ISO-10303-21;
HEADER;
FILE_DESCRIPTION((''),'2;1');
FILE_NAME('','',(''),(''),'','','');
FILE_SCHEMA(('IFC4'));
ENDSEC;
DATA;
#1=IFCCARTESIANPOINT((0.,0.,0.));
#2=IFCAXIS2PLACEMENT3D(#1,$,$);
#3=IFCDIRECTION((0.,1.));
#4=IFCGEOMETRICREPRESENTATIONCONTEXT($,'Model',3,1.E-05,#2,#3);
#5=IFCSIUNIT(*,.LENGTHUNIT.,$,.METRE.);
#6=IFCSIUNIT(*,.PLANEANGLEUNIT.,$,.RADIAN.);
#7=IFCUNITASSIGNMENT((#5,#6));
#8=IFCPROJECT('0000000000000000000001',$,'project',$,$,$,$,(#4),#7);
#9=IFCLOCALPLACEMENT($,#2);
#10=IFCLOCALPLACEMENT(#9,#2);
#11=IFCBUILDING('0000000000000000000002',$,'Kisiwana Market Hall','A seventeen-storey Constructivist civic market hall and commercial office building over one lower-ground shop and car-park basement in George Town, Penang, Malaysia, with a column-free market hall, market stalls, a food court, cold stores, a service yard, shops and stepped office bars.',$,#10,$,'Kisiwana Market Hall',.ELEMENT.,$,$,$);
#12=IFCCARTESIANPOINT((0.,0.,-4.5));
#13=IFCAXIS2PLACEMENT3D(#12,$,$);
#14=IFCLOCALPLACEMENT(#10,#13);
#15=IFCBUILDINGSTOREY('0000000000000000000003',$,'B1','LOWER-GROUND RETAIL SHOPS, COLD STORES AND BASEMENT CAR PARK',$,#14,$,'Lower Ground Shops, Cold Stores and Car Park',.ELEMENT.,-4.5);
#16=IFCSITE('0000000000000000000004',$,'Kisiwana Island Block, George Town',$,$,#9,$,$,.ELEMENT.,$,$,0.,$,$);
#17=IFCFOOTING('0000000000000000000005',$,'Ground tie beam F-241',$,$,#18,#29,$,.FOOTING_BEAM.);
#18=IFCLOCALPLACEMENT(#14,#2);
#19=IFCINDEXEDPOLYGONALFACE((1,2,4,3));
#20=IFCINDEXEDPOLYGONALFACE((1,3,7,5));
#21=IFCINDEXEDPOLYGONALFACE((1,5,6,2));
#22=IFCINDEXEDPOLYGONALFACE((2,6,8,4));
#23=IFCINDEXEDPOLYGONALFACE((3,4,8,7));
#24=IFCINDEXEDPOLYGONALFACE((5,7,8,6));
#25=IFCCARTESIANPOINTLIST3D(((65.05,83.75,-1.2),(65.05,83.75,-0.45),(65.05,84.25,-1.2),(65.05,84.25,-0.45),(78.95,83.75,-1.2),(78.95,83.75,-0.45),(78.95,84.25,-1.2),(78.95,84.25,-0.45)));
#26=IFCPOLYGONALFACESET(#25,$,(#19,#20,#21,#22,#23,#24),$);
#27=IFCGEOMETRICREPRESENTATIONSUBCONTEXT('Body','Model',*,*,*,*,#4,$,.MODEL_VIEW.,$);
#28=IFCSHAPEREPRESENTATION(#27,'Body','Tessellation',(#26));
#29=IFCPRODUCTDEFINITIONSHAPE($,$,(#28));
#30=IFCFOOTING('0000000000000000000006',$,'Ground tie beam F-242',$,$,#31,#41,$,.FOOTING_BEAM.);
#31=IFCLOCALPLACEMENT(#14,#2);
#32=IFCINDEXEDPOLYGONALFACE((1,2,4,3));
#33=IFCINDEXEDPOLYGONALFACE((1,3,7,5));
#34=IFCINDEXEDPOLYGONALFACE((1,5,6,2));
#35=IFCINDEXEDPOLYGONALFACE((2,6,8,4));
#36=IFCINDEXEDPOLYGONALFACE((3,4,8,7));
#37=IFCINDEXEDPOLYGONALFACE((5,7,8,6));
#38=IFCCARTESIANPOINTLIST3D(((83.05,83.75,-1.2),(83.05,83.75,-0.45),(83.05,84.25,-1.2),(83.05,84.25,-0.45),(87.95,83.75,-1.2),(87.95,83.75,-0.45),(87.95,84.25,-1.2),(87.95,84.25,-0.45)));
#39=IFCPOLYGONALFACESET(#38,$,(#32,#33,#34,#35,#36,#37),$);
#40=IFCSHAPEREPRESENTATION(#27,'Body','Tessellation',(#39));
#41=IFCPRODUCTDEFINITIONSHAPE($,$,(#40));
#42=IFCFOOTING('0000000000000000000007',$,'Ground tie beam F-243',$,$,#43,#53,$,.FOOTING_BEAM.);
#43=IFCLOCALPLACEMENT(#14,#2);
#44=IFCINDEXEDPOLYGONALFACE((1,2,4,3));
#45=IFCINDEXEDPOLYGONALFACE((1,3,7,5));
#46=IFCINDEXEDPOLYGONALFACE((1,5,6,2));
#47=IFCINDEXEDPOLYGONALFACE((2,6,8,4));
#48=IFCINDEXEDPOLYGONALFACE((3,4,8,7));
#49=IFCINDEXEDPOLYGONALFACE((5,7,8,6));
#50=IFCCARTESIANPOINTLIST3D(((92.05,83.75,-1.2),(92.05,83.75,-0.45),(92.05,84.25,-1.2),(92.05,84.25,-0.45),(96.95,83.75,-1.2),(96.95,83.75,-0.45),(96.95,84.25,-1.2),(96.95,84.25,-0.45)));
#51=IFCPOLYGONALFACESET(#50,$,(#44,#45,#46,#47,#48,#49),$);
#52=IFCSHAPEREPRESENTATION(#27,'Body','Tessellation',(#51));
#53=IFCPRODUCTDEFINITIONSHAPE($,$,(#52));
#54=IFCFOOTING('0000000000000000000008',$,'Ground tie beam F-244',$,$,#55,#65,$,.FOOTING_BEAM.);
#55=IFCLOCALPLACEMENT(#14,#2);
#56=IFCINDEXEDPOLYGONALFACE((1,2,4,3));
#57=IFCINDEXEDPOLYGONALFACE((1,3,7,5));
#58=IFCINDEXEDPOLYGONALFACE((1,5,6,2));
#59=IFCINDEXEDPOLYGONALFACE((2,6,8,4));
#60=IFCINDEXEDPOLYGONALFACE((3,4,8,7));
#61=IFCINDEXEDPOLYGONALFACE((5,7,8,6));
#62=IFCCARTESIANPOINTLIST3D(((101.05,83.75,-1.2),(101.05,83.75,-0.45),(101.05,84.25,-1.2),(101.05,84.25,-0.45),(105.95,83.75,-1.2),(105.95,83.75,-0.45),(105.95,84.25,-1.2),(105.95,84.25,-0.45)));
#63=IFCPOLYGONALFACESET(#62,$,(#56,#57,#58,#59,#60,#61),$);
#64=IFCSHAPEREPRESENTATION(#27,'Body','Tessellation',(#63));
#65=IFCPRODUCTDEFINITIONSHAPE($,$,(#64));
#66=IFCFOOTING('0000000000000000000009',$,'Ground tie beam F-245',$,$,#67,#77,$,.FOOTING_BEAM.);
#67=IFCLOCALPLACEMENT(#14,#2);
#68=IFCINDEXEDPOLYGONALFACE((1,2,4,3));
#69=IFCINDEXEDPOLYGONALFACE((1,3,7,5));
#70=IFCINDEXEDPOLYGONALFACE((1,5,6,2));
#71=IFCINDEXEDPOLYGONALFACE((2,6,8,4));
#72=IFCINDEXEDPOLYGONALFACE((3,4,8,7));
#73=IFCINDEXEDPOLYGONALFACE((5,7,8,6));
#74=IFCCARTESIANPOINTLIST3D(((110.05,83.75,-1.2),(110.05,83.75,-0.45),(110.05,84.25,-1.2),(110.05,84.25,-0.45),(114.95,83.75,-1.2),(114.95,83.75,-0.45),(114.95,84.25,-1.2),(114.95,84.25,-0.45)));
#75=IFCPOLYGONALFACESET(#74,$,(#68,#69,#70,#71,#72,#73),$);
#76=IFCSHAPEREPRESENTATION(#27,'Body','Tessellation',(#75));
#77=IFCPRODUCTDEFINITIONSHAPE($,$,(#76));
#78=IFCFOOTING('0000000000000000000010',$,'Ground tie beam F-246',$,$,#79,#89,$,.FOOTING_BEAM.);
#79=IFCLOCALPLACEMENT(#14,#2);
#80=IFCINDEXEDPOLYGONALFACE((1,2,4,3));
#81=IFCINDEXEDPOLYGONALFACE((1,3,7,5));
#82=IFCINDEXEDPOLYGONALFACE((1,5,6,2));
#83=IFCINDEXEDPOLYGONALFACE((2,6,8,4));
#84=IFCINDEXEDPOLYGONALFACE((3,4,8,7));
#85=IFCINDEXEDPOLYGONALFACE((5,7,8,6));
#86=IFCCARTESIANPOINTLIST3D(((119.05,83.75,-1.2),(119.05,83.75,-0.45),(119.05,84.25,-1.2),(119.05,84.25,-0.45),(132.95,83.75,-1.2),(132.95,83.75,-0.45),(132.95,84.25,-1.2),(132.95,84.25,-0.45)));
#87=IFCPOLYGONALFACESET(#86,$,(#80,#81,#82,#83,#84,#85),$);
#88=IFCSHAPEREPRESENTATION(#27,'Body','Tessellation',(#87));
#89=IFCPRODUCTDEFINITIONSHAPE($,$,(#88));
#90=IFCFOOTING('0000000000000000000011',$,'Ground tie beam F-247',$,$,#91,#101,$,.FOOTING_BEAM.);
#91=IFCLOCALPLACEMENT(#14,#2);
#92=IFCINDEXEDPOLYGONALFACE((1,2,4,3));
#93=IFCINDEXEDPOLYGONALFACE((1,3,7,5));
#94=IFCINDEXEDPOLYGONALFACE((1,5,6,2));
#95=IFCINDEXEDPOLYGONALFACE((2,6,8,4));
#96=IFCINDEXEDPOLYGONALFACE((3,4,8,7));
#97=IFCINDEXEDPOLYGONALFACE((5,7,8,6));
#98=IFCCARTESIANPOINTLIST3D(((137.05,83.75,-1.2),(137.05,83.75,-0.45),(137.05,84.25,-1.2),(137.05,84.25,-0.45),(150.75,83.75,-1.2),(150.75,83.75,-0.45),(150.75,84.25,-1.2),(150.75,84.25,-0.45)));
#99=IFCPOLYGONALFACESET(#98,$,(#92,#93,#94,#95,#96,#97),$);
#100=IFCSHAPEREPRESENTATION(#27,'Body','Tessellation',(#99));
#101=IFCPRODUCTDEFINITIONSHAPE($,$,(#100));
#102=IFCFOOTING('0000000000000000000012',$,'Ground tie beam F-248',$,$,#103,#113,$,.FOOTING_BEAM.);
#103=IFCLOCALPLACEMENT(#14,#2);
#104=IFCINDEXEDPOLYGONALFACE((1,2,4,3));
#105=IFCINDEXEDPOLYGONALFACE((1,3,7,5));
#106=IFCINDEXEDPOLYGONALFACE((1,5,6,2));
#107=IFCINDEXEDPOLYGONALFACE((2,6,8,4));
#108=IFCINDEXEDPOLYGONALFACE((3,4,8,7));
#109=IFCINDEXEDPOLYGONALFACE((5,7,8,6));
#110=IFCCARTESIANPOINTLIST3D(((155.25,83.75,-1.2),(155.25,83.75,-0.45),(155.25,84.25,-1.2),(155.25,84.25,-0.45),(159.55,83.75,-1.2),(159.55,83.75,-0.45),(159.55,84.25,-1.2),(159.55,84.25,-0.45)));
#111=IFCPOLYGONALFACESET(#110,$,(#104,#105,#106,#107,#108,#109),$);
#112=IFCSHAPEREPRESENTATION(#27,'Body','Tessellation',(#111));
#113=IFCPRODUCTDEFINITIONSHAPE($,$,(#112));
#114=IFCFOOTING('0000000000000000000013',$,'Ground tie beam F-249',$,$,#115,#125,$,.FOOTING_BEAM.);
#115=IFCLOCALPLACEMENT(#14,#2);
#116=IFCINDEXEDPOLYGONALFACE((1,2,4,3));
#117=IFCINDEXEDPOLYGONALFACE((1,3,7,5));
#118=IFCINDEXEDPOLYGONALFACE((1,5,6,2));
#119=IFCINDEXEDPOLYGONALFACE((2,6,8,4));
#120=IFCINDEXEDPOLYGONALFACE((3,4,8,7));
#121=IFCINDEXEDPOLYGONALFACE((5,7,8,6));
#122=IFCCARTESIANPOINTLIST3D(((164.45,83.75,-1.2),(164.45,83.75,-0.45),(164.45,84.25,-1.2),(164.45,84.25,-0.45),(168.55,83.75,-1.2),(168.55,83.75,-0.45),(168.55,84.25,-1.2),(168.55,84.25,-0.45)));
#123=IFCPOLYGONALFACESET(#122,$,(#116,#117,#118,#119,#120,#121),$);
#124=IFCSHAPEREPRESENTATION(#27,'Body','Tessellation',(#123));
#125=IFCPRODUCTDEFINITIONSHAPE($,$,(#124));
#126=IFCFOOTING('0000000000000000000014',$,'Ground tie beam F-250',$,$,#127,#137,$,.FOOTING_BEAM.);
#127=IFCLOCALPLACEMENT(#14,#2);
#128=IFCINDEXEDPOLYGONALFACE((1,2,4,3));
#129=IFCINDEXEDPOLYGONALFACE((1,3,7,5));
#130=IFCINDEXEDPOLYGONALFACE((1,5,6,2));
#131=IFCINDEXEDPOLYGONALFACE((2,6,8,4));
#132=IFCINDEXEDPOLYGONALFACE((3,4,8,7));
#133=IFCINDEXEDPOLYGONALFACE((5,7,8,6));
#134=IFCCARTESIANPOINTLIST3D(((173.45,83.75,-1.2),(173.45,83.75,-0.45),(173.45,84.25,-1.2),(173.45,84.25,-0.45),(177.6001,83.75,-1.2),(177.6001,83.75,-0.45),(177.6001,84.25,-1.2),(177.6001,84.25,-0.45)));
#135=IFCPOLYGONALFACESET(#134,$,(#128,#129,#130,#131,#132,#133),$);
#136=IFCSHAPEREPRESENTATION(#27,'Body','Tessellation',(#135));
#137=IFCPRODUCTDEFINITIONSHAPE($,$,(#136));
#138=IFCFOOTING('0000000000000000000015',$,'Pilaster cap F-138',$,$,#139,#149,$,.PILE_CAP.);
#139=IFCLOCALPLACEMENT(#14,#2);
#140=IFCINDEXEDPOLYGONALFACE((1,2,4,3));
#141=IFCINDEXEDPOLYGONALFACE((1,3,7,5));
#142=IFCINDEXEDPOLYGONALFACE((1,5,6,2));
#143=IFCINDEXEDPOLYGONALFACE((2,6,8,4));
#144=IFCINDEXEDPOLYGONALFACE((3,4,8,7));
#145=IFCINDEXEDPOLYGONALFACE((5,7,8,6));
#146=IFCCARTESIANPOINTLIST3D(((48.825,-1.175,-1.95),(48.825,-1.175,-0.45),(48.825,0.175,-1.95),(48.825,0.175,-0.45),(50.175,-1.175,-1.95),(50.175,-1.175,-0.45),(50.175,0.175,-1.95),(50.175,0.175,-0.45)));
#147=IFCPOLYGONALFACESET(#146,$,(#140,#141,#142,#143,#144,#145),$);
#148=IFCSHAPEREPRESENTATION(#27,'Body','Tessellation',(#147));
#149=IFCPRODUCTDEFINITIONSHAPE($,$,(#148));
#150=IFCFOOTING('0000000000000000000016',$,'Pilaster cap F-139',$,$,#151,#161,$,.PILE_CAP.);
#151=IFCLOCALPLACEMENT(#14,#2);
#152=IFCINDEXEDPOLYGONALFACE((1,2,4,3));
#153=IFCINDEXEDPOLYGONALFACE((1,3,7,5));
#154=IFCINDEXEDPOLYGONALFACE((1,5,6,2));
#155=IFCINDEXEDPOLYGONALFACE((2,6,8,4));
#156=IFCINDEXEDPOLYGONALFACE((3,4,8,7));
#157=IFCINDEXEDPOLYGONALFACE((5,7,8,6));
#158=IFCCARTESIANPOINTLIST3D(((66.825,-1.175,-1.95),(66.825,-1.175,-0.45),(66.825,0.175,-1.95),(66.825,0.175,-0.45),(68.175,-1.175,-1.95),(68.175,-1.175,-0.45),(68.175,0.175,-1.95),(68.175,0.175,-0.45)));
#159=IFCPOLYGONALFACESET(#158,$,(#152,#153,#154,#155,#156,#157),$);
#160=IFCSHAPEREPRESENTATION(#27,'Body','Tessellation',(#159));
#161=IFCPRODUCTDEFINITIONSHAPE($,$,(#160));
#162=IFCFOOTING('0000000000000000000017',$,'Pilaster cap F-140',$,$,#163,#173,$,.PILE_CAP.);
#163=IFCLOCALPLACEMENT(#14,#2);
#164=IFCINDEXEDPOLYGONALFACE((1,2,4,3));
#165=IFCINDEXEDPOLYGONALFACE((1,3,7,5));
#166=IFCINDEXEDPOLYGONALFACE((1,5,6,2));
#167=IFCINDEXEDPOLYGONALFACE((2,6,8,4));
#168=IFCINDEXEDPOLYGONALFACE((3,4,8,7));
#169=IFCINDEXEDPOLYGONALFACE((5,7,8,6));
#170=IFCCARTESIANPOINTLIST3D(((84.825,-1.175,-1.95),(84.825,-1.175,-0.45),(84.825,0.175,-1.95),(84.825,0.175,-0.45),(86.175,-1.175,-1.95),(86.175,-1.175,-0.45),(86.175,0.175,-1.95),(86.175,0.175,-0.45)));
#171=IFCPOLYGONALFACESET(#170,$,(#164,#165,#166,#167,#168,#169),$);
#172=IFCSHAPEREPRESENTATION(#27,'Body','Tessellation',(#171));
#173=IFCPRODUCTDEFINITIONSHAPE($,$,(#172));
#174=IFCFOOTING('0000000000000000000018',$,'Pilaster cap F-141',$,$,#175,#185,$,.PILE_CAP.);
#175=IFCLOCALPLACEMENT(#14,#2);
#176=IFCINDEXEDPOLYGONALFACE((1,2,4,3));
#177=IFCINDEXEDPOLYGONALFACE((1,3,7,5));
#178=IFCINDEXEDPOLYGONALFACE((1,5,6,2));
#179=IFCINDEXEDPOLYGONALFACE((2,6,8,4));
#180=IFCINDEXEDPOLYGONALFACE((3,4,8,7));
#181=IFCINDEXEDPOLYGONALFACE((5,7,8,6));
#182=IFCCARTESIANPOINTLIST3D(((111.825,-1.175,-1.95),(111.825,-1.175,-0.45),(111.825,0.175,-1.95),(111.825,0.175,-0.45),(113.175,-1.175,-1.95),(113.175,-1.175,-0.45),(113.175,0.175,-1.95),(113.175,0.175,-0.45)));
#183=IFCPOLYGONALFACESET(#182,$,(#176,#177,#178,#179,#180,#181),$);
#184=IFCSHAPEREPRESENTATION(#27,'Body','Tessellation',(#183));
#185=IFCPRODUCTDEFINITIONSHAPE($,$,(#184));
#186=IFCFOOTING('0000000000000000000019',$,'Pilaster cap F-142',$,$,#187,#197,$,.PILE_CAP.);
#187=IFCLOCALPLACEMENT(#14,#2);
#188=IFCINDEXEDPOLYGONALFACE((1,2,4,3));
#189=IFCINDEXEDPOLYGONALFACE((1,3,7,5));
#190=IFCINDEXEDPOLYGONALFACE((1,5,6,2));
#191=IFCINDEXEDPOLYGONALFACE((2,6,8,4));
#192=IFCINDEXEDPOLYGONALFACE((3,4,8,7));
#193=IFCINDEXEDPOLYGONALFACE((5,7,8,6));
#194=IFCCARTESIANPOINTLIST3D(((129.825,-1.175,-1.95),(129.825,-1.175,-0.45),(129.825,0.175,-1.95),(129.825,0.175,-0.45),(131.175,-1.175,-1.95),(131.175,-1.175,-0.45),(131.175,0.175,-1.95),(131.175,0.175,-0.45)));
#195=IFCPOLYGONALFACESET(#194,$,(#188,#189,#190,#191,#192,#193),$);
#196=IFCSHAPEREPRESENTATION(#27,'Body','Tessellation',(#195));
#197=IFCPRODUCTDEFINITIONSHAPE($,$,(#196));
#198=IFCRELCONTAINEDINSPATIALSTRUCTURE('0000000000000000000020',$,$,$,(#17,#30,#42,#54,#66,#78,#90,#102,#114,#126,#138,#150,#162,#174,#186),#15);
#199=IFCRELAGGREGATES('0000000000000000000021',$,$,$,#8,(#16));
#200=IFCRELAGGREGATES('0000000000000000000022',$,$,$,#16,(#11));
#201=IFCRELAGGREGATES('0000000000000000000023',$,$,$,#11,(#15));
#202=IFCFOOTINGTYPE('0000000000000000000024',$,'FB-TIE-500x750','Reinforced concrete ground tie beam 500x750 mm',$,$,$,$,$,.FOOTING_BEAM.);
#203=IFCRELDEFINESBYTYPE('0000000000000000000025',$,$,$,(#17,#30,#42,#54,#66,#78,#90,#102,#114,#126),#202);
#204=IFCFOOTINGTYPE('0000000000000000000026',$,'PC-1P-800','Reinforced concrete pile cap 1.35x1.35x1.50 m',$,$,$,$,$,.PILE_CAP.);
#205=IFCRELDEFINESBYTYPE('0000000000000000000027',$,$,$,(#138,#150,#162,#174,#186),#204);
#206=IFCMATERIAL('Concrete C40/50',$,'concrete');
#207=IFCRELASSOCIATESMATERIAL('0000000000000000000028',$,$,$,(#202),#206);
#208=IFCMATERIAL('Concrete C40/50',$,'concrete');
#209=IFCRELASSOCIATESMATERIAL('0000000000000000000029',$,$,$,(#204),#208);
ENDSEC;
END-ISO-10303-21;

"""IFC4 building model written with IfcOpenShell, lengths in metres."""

from ifc_helpers import new_model, si_unit, direction, frame, origin, place, context, subcontext, project, spatial, polyline, outline, extrude, material, type_object, element, save


model = new_model("IFC4")

# Units and contexts
model_context = context("Model", 3, precision=1e-05, world=origin(), true_north=direction((0.0, 1.0)))
body_context = subcontext(model_context, "Body", "Model", "MODEL_VIEW")
ifc_project = project(units=[si_unit("LENGTHUNIT", "METRE"), si_unit("PLANEANGLEUNIT", "RADIAN")], contexts=[model_context])

# Site, building, storey
site_placement = place(None, origin())
site = spatial("IfcSite", under=ifc_project, at=site_placement, Name="Kisiwana Island Block, George Town", CompositionType="ELEMENT", RefElevation=0.0)
building_placement = place(site_placement, origin())
building = spatial("IfcBuilding", under=site, at=building_placement, Name="Kisiwana Market Hall", Description="A seventeen-storey Constructivist civic market hall and commercial office building over one lower-ground shop and car-park basement in George Town, Penang, Malaysia, with a column-free market hall, market stalls, a food court, cold stores, a service yard, shops and stepped office bars.", LongName="Kisiwana Market Hall", CompositionType="ELEMENT")
storey_placement = place(building_placement, frame((0.0, 0.0, -4.5)))
storey = spatial("IfcBuildingStorey", under=building, at=storey_placement, Name="B1", Description="LOWER-GROUND RETAIL SHOPS, COLD STORES AND BASEMENT CAR PARK", LongName="Lower Ground Shops, Cold Stores and Car Park", CompositionType="ELEMENT", Elevation=-4.5)

# Footings
ifc_material_1 = material(Name="Concrete C40/50", Category="concrete")
footing_type_1 = type_object("IfcFootingType", Name="FB-TIE-500x750", Description="Reinforced concrete ground tie beam 500x750 mm", PredefinedType="FOOTING_BEAM", material=ifc_material_1)
footing_1_placement = place(storey_placement, frame((0.0, 0.0, -1.2)))
element("IfcFooting", 1, at=footing_1_placement, inside=storey, type_object=footing_type_1, Name="Ground tie beam F-241", PredefinedType="FOOTING_BEAM", context=body_context, shape_type="SweptSolid", body=[
    extrude(outline(polyline([(65.05, 83.75), (78.95, 83.75), (78.95, 84.25), (65.05, 84.25), (65.05, 83.75)])), origin(), (0.0, 0.0, 1.0), 0.75),
])
footing_2_placement = place(storey_placement, frame((0.0, 0.0, -1.2)))
element("IfcFooting", 2, at=footing_2_placement, inside=storey, type_object=footing_type_1, Name="Ground tie beam F-242", PredefinedType="FOOTING_BEAM", context=body_context, shape_type="SweptSolid", body=[
    extrude(outline(polyline([(83.05, 83.75), (87.95, 83.75), (87.95, 84.25), (83.05, 84.25), (83.05, 83.75)])), origin(), (0.0, 0.0, 1.0), 0.75),
])
footing_3_placement = place(storey_placement, frame((0.0, 0.0, -1.2)))
element("IfcFooting", 3, at=footing_3_placement, inside=storey, type_object=footing_type_1, Name="Ground tie beam F-243", PredefinedType="FOOTING_BEAM", context=body_context, shape_type="SweptSolid", body=[
    extrude(outline(polyline([(92.05, 83.75), (96.95, 83.75), (96.95, 84.25), (92.05, 84.25), (92.05, 83.75)])), origin(), (0.0, 0.0, 1.0), 0.75),
])
footing_4_placement = place(storey_placement, frame((0.0, 0.0, -1.2)))
element("IfcFooting", 4, at=footing_4_placement, inside=storey, type_object=footing_type_1, Name="Ground tie beam F-244", PredefinedType="FOOTING_BEAM", context=body_context, shape_type="SweptSolid", body=[
    extrude(outline(polyline([(101.05, 83.75), (105.95, 83.75), (105.95, 84.25), (101.05, 84.25), (101.05, 83.75)])), origin(), (0.0, 0.0, 1.0), 0.75),
])
footing_5_placement = place(storey_placement, frame((0.0, 0.0, -1.2)))
element("IfcFooting", 5, at=footing_5_placement, inside=storey, type_object=footing_type_1, Name="Ground tie beam F-245", PredefinedType="FOOTING_BEAM", context=body_context, shape_type="SweptSolid", body=[
    extrude(outline(polyline([(110.05, 83.75), (114.95, 83.75), (114.95, 84.25), (110.05, 84.25), (110.05, 83.75)])), origin(), (0.0, 0.0, 1.0), 0.75),
])
footing_6_placement = place(storey_placement, frame((0.0, 0.0, -1.2)))
element("IfcFooting", 6, at=footing_6_placement, inside=storey, type_object=footing_type_1, Name="Ground tie beam F-246", PredefinedType="FOOTING_BEAM", context=body_context, shape_type="SweptSolid", body=[
    extrude(outline(polyline([(119.05, 83.75), (132.95, 83.75), (132.95, 84.25), (119.05, 84.25), (119.05, 83.75)])), origin(), (0.0, 0.0, 1.0), 0.75),
])
footing_7_placement = place(storey_placement, frame((0.0, 0.0, -1.2)))
element("IfcFooting", 7, at=footing_7_placement, inside=storey, type_object=footing_type_1, Name="Ground tie beam F-247", PredefinedType="FOOTING_BEAM", context=body_context, shape_type="SweptSolid", body=[
    extrude(outline(polyline([(137.05, 83.75), (150.75, 83.75), (150.75, 84.25), (137.05, 84.25), (137.05, 83.75)])), origin(), (0.0, 0.0, 1.0), 0.75),
])
footing_8_placement = place(storey_placement, frame((0.0, 0.0, -1.2)))
element("IfcFooting", 8, at=footing_8_placement, inside=storey, type_object=footing_type_1, Name="Ground tie beam F-248", PredefinedType="FOOTING_BEAM", context=body_context, shape_type="SweptSolid", body=[
    extrude(outline(polyline([(155.25, 83.75), (159.55, 83.75), (159.55, 84.25), (155.25, 84.25), (155.25, 83.75)])), origin(), (0.0, 0.0, 1.0), 0.75),
])
footing_9_placement = place(storey_placement, frame((0.0, 0.0, -1.2)))
element("IfcFooting", 9, at=footing_9_placement, inside=storey, type_object=footing_type_1, Name="Ground tie beam F-249", PredefinedType="FOOTING_BEAM", context=body_context, shape_type="SweptSolid", body=[
    extrude(outline(polyline([(164.45, 83.75), (168.55, 83.75), (168.55, 84.25), (164.45, 84.25), (164.45, 83.75)])), origin(), (0.0, 0.0, 1.0), 0.75),
])
footing_10_placement = place(storey_placement, frame((0.0, 0.0, -1.2)))
element("IfcFooting", 10, at=footing_10_placement, inside=storey, type_object=footing_type_1, Name="Ground tie beam F-250", PredefinedType="FOOTING_BEAM", context=body_context, shape_type="SweptSolid", body=[
    extrude(outline(polyline([(173.45, 83.75), (177.6001, 83.75), (177.6001, 84.25), (173.45, 84.25), (173.45, 83.75)])), origin(), (0.0, 0.0, 1.0), 0.75),
])
ifc_material_2 = material(Name="Concrete C40/50", Category="concrete")
footing_type_2 = type_object("IfcFootingType", Name="PC-1P-800", Description="Reinforced concrete pile cap 1.35x1.35x1.50 m", PredefinedType="PILE_CAP", material=ifc_material_2)
footing_11_placement = place(storey_placement, frame((0.0, 0.0, -1.95)))
element("IfcFooting", 11, at=footing_11_placement, inside=storey, type_object=footing_type_2, Name="Pilaster cap F-138", PredefinedType="PILE_CAP", context=body_context, shape_type="SweptSolid", body=[
    extrude(outline(polyline([(48.825, -1.175), (50.175, -1.175), (50.175, 0.175), (48.825, 0.175), (48.825, -1.175)])), origin(), (0.0, 0.0, 1.0), 1.5),
])
footing_12_placement = place(storey_placement, frame((0.0, 0.0, -1.95)))
element("IfcFooting", 12, at=footing_12_placement, inside=storey, type_object=footing_type_2, Name="Pilaster cap F-139", PredefinedType="PILE_CAP", context=body_context, shape_type="SweptSolid", body=[
    extrude(outline(polyline([(66.825, -1.175), (68.175, -1.175), (68.175, 0.175), (66.825, 0.175), (66.825, -1.175)])), origin(), (0.0, 0.0, 1.0), 1.5),
])
footing_13_placement = place(storey_placement, frame((0.0, 0.0, -1.95)))
element("IfcFooting", 13, at=footing_13_placement, inside=storey, type_object=footing_type_2, Name="Pilaster cap F-140", PredefinedType="PILE_CAP", context=body_context, shape_type="SweptSolid", body=[
    extrude(outline(polyline([(84.825, -1.175), (86.175, -1.175), (86.175, 0.175), (84.825, 0.175), (84.825, -1.175)])), origin(), (0.0, 0.0, 1.0), 1.5),
])
footing_14_placement = place(storey_placement, frame((0.0, 0.0, -1.95)))
element("IfcFooting", 14, at=footing_14_placement, inside=storey, type_object=footing_type_2, Name="Pilaster cap F-141", PredefinedType="PILE_CAP", context=body_context, shape_type="SweptSolid", body=[
    extrude(outline(polyline([(111.825, -1.175), (113.175, -1.175), (113.175, 0.175), (111.825, 0.175), (111.825, -1.175)])), origin(), (0.0, 0.0, 1.0), 1.5),
])
footing_15_placement = place(storey_placement, frame((0.0, 0.0, -1.95)))
element("IfcFooting", 15, at=footing_15_placement, inside=storey, type_object=footing_type_2, Name="Pilaster cap F-142", PredefinedType="PILE_CAP", context=body_context, shape_type="SweptSolid", body=[
    extrude(outline(polyline([(129.825, -1.175), (131.175, -1.175), (131.175, 0.175), (129.825, 0.175), (129.825, -1.175)])), origin(), (0.0, 0.0, 1.0), 1.5),
])

save(model, "model.ifc")
